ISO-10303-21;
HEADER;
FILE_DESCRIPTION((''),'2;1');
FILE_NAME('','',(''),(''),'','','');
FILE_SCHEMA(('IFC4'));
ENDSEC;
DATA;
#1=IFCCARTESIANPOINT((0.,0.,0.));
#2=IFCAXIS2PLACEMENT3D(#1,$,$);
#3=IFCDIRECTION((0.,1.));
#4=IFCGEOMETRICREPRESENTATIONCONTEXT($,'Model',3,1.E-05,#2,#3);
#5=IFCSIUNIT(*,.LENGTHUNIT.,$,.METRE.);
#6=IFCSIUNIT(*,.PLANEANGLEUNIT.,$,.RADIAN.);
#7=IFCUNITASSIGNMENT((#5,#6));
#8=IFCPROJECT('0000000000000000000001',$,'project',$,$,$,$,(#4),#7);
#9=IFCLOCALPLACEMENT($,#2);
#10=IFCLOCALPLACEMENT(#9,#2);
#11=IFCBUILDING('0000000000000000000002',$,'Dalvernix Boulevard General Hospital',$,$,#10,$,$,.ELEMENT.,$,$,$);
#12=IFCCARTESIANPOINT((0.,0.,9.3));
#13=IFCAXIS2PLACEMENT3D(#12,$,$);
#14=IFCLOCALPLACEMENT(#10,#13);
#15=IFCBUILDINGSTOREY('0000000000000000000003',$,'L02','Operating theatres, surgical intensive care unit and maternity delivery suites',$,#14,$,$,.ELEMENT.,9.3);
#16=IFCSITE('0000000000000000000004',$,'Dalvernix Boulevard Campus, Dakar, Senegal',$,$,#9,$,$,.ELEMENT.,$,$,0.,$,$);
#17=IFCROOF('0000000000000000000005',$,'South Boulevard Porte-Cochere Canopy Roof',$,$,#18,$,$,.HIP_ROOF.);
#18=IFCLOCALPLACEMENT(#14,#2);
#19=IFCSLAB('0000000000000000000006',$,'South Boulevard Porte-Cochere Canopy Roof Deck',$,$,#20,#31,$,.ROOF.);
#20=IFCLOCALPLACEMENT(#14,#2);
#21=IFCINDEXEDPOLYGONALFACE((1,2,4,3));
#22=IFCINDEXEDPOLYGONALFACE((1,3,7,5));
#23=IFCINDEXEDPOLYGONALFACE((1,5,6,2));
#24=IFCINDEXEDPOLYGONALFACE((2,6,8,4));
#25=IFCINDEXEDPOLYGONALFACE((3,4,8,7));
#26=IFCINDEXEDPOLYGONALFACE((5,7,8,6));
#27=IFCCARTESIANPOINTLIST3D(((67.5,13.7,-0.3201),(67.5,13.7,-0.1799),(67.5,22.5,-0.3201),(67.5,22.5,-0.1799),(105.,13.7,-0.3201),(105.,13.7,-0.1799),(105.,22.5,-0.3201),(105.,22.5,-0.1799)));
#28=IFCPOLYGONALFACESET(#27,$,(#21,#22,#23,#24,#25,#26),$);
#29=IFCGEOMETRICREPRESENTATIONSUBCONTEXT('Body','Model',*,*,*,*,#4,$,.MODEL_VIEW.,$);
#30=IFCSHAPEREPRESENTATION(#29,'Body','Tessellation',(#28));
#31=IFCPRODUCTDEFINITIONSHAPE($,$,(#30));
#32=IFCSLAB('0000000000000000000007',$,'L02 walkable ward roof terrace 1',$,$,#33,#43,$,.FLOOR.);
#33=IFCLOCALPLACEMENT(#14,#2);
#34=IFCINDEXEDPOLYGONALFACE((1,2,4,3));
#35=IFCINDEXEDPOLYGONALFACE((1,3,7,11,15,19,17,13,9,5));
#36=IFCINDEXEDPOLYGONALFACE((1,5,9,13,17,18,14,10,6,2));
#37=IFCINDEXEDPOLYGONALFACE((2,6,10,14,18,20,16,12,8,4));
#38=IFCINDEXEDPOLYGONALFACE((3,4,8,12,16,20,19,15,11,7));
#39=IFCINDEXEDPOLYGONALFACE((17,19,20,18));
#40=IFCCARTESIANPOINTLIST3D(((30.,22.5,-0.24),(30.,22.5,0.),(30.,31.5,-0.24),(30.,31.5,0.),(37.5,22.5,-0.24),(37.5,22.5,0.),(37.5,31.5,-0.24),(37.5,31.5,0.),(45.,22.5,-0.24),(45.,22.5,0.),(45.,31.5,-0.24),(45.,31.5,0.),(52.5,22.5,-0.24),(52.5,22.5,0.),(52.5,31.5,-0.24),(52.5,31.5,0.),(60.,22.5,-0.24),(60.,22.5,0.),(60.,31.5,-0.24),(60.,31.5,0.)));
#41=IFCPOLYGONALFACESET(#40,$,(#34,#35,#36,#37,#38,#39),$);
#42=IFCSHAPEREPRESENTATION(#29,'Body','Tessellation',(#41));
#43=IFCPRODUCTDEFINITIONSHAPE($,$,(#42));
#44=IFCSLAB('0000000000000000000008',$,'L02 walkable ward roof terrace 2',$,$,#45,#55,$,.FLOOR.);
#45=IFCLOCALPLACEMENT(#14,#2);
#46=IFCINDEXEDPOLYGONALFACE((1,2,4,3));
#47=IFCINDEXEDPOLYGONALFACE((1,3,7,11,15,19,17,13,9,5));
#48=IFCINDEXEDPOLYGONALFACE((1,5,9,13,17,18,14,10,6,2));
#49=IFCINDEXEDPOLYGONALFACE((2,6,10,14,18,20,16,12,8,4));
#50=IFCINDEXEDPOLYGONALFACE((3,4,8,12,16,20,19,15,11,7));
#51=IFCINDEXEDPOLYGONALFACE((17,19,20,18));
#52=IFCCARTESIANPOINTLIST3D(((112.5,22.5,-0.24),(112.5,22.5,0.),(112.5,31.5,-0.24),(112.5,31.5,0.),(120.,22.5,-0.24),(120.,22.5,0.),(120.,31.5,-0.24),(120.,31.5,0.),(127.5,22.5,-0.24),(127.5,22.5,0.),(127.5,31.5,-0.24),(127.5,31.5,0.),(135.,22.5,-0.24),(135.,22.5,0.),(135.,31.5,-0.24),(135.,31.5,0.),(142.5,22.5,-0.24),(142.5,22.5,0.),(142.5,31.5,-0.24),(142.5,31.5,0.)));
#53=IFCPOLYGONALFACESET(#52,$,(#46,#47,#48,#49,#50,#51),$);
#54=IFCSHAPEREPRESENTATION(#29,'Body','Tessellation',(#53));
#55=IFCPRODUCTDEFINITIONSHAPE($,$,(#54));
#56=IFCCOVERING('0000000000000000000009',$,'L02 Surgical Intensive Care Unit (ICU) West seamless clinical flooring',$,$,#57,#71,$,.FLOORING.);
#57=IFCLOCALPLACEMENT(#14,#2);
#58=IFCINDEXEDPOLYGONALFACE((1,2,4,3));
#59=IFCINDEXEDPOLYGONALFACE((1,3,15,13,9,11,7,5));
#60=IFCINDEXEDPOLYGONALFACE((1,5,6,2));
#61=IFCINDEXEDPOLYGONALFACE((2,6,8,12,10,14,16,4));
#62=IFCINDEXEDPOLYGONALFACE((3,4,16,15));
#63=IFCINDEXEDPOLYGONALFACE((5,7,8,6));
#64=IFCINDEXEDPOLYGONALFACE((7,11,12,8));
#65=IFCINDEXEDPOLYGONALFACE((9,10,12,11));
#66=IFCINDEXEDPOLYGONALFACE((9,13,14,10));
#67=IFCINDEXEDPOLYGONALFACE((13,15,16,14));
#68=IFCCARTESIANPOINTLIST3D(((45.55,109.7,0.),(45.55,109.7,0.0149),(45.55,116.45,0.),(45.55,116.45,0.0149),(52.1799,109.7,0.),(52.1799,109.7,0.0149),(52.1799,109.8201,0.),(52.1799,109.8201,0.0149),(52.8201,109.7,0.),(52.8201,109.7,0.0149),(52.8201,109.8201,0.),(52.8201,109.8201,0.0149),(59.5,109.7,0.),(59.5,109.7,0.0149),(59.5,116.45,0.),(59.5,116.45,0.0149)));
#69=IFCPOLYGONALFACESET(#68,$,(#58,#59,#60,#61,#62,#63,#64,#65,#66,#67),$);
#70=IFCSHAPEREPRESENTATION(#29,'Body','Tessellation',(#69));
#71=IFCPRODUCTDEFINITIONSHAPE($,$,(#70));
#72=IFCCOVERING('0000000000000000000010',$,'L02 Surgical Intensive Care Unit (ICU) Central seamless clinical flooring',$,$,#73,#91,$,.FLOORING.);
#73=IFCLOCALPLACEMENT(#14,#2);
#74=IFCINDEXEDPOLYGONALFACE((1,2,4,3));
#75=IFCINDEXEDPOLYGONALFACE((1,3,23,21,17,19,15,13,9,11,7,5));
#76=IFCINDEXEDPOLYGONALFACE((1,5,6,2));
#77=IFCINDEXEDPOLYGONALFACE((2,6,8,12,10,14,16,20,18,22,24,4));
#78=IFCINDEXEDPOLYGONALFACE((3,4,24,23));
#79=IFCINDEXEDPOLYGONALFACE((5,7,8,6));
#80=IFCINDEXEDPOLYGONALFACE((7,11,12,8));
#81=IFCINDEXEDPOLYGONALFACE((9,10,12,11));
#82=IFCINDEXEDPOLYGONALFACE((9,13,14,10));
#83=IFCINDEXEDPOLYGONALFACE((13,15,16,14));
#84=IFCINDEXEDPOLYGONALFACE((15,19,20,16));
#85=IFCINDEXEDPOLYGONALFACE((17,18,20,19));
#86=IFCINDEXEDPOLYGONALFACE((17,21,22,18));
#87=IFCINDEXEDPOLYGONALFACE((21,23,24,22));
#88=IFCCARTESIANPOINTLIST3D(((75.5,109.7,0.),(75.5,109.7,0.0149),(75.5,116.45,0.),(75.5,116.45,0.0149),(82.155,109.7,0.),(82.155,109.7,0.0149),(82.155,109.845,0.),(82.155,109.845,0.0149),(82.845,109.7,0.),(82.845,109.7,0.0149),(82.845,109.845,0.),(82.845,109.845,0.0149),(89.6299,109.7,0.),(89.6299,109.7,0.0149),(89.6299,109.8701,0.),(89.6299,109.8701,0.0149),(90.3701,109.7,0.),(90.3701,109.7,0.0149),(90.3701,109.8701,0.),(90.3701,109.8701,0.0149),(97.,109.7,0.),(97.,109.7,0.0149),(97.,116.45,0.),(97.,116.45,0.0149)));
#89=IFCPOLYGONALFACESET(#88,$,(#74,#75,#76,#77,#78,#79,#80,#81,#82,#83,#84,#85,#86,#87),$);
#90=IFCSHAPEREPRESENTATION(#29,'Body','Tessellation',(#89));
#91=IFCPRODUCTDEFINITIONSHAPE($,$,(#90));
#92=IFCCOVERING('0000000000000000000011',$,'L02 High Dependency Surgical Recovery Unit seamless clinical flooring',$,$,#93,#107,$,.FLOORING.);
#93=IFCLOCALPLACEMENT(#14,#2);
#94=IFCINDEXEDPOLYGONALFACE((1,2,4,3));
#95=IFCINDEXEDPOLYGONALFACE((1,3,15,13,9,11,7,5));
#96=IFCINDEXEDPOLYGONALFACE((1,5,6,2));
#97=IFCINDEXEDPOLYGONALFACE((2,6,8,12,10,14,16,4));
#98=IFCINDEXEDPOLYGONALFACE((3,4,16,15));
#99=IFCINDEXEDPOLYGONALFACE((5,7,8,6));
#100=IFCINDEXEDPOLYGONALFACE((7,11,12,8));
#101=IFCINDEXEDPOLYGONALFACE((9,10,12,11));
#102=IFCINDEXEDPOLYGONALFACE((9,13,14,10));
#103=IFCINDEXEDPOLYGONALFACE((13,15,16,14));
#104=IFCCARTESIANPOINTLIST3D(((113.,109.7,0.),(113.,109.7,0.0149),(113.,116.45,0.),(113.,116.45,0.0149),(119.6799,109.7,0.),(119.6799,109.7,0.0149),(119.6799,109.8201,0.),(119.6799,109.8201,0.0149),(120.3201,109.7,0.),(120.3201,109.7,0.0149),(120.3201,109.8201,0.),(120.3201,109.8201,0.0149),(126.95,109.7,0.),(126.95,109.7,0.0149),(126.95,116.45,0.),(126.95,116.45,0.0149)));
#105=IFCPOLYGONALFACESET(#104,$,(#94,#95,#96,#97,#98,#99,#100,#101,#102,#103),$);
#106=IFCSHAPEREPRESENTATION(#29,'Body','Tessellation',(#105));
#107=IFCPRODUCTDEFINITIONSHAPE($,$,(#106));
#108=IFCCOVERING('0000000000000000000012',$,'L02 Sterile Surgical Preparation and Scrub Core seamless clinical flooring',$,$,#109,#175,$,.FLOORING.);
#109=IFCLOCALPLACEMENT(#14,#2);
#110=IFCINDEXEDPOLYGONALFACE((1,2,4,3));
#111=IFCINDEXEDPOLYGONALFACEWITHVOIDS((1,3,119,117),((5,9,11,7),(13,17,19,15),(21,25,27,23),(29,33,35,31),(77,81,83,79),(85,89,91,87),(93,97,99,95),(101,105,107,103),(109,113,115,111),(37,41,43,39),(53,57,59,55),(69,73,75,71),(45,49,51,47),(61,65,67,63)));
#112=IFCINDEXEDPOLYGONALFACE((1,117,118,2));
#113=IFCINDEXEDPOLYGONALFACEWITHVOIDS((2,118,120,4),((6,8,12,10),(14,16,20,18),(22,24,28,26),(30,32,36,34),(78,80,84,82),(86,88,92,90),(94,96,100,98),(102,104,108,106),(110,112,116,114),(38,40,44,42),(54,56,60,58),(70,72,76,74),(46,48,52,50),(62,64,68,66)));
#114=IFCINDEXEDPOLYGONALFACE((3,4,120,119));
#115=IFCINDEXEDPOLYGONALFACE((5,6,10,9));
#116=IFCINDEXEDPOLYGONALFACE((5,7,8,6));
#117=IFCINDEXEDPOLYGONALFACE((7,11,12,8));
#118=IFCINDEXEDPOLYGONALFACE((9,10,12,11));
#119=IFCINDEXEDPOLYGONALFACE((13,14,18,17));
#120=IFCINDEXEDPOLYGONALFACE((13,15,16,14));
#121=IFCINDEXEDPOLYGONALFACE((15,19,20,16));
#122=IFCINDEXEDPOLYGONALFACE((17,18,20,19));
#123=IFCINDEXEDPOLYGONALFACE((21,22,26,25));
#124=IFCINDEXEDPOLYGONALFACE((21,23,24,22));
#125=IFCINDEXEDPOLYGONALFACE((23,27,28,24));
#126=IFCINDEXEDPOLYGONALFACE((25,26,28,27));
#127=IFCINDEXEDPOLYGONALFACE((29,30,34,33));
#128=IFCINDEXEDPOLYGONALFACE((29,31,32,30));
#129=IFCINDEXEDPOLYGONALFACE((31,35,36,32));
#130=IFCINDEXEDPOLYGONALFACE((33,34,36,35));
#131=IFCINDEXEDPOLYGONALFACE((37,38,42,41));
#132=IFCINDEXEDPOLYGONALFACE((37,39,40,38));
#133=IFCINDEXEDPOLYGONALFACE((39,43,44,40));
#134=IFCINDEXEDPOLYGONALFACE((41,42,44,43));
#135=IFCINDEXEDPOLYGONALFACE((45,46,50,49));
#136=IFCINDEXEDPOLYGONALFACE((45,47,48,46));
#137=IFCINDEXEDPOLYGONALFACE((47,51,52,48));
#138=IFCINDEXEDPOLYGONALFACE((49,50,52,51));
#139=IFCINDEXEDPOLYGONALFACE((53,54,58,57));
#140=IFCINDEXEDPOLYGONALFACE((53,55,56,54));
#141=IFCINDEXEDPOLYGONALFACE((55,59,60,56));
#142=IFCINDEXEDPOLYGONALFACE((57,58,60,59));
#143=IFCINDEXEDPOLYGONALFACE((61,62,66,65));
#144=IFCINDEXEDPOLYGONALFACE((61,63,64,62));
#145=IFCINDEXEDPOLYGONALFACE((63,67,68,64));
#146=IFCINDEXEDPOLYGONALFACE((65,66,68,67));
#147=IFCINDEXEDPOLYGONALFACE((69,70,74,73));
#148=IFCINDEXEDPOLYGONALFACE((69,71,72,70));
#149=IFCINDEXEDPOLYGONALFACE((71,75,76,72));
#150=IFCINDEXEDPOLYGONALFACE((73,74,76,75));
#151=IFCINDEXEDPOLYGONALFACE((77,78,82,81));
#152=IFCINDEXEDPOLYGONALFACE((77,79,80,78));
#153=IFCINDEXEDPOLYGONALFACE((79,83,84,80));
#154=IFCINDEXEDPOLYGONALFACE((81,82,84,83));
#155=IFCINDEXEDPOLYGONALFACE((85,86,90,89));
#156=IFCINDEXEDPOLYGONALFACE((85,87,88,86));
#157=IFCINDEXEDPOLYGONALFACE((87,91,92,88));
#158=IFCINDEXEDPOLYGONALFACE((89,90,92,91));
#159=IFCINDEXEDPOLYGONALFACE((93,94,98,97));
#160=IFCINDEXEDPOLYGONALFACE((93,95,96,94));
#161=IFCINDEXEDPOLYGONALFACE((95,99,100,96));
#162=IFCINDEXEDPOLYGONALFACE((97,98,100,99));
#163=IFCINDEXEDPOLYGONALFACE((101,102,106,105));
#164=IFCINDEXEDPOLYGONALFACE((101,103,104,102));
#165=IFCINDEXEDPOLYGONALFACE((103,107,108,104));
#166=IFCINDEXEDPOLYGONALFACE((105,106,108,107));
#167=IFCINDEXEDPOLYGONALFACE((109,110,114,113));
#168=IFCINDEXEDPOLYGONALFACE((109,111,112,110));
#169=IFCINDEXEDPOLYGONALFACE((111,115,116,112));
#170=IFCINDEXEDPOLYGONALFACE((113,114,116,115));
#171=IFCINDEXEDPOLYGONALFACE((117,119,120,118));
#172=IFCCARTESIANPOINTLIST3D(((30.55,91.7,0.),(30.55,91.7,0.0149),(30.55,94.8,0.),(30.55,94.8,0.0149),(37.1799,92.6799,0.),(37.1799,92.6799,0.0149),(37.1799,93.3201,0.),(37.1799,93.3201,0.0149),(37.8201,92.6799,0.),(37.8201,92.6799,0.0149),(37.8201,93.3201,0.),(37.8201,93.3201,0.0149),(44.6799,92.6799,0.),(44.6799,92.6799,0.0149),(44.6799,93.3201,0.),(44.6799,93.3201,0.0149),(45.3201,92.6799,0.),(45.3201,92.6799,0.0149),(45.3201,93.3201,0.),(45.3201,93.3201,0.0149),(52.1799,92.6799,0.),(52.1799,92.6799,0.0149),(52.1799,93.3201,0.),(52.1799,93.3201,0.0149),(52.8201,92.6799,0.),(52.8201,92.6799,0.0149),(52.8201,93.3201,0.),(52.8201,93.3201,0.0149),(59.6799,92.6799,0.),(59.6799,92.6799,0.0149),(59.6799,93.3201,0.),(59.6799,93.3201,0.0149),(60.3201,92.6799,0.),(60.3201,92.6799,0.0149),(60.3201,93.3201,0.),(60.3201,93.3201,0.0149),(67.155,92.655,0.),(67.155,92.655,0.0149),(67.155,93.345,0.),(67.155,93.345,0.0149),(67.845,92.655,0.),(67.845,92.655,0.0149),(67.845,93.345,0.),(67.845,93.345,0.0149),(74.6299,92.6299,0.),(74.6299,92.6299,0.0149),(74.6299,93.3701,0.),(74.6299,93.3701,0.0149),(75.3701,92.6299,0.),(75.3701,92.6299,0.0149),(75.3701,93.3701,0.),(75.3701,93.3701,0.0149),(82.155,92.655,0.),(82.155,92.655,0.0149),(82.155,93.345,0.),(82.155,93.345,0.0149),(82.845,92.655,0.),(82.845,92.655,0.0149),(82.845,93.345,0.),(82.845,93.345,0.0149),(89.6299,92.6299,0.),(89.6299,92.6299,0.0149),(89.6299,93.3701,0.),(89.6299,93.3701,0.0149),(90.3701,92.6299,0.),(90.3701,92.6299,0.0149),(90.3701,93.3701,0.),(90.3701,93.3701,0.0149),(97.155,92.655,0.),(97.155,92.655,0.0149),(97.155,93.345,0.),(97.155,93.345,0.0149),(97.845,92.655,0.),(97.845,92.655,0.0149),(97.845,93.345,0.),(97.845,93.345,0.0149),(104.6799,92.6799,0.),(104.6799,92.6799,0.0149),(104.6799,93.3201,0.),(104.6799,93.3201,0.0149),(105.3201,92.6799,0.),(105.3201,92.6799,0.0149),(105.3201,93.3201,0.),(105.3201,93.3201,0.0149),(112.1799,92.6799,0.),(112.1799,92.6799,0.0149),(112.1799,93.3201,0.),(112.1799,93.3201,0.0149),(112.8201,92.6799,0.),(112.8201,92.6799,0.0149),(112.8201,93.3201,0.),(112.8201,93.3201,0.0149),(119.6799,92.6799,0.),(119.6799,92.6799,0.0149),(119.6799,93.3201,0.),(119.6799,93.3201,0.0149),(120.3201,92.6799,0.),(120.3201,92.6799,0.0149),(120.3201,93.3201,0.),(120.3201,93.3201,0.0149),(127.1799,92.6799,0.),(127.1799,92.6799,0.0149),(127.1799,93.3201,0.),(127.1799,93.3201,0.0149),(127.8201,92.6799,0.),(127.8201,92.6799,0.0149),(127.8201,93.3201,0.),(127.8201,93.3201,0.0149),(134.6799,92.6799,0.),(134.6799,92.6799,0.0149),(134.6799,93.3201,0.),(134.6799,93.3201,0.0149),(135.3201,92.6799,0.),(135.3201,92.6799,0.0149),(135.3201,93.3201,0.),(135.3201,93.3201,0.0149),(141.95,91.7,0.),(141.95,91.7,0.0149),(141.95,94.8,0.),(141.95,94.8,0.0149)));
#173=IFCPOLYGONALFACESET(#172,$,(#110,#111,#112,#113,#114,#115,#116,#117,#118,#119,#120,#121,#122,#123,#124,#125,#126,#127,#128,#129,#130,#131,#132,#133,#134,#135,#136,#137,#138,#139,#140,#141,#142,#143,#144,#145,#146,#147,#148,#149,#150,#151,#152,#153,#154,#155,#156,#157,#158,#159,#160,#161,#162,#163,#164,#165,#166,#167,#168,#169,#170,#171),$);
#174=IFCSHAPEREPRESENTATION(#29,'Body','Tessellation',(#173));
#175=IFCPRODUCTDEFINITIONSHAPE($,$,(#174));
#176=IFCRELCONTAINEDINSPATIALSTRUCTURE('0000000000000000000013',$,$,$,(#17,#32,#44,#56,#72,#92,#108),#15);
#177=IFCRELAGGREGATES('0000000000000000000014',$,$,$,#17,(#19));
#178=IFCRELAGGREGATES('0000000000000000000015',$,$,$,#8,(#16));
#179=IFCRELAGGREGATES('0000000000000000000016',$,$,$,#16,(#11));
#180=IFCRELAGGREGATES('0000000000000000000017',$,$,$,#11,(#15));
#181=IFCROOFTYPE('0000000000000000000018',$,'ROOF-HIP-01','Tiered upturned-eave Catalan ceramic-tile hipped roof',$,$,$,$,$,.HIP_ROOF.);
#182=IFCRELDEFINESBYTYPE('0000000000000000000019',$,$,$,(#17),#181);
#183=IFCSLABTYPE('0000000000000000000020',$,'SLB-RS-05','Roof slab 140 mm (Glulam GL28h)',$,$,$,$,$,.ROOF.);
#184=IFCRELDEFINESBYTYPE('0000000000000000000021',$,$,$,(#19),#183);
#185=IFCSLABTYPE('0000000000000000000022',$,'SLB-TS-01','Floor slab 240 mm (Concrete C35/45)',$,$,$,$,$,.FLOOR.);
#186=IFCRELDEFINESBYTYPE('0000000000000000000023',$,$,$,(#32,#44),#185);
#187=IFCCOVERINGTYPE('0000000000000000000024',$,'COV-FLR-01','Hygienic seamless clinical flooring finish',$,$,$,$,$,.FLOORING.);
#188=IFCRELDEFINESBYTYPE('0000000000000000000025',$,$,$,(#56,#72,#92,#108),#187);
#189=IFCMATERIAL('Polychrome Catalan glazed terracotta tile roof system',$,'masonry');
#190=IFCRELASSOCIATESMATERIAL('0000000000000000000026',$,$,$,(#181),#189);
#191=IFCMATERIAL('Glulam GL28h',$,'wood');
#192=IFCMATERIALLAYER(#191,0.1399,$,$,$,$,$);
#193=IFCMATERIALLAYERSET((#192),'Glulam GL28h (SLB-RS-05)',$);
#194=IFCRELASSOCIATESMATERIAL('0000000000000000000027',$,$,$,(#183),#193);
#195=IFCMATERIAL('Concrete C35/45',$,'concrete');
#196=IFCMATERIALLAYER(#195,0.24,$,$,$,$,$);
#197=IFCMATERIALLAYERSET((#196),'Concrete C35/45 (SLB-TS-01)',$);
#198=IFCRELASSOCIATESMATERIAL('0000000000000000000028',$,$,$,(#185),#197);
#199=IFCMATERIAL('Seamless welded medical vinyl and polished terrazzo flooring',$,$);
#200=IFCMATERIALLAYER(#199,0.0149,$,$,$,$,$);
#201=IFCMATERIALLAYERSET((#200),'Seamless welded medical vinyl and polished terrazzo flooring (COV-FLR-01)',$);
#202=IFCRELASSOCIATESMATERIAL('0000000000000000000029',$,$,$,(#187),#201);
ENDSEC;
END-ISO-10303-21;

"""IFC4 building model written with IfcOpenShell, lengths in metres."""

from ifc_helpers import new_model, si_unit, direction, frame, origin, place, context, subcontext, project, spatial, polyline, outline, extrude, material, layer, layer_set, type_object, element, aggregate, save


model = new_model("IFC4")

# Units and contexts
model_context = context("Model", 3, precision=1e-05, world=origin(), true_north=direction((0.0, 1.0)))
body_context = subcontext(model_context, "Body", "Model", "MODEL_VIEW")
ifc_project = project(units=[si_unit("LENGTHUNIT", "METRE"), si_unit("PLANEANGLEUNIT", "RADIAN")], contexts=[model_context])

# Site, building, storey
site_placement = place(None, origin())
site = spatial("IfcSite", under=ifc_project, at=site_placement, Name="Dalvernix Boulevard Campus, Dakar, Senegal", CompositionType="ELEMENT", RefElevation=0.0)
building_placement = place(site_placement, origin())
building = spatial("IfcBuilding", under=site, at=building_placement, Name="Dalvernix Boulevard General Hospital", CompositionType="ELEMENT")
storey_placement = place(building_placement, frame((0.0, 0.0, 9.3)))
storey = spatial("IfcBuildingStorey", under=building, at=storey_placement, Name="L02", Description="Operating theatres, surgical intensive care unit and maternity delivery suites", CompositionType="ELEMENT", Elevation=9.3)

# Shared definitions
ifc_material_1 = material(Name="Concrete C35/45", Category="concrete")

# Roof, slab
ifc_material_2 = material(Name="Polychrome Catalan glazed terracotta tile roof system", Category="masonry")
roof_type = type_object("IfcRoofType", Name="ROOF-HIP-01", Description="Tiered upturned-eave Catalan ceramic-tile hipped roof", PredefinedType="HIP_ROOF", material=ifc_material_2)
roof_placement = place(storey_placement, origin())
roof = element("IfcRoof", 1, at=roof_placement, inside=storey, type_object=roof_type, Name="South Boulevard Porte-Cochere Canopy Roof", PredefinedType="HIP_ROOF")
ifc_material_3 = material(Name="Glulam GL28h", Category="wood")
ifc_layer_1 = layer(ifc_material_3, 0.1399)
ifc_layer_set_1 = layer_set([ifc_layer_1], Name="Glulam GL28h (SLB-RS-05)")
slab_type_1 = type_object("IfcSlabType", Name="SLB-RS-05", Description="Roof slab 140 mm (Glulam GL28h)", PredefinedType="ROOF", material=ifc_layer_set_1)
slab_1_placement = place(storey_placement, frame((0.0, 0.0, -0.3201)))
slab_1 = element("IfcSlab", 2, at=slab_1_placement, type_object=slab_type_1, Name="South Boulevard Porte-Cochere Canopy Roof Deck", PredefinedType="ROOF", context=body_context, shape_type="SweptSolid", body=[
    extrude(outline(polyline([(67.5, 13.7), (105.0, 13.7), (105.0, 22.5), (67.5, 22.5), (67.5, 13.7)])), origin(), (0.0, 0.0, 1.0), 0.1401),
])
aggregate(roof, [slab_1])

# Slabs
ifc_layer_2 = layer(ifc_material_1, 0.24)
ifc_layer_set_2 = layer_set([ifc_layer_2], Name="Concrete C35/45 (SLB-TS-01)")
slab_type_2 = type_object("IfcSlabType", Name="SLB-TS-01", Description="Floor slab 240 mm (Concrete C35/45)", PredefinedType="FLOOR", material=ifc_layer_set_2)
slab_2_placement = place(storey_placement, frame((0.0, 0.0, -0.24)))
element("IfcSlab", 3, at=slab_2_placement, inside=storey, type_object=slab_type_2, Name="L02 walkable ward roof terrace 1", PredefinedType="FLOOR", context=body_context, shape_type="SweptSolid", body=[
    extrude(outline(polyline([(37.5, 31.5), (45.0, 31.5), (52.5, 31.5), (60.0, 31.5), (60.0, 22.5), (52.5, 22.5), (45.0, 22.5), (37.5, 22.5), (30.0, 22.5), (30.0, 31.5), (37.5, 31.5)])), origin(), (0.0, 0.0, 1.0), 0.24),
])
slab_3_placement = place(storey_placement, frame((0.0, 0.0, -0.24)))
element("IfcSlab", 4, at=slab_3_placement, inside=storey, type_object=slab_type_2, Name="L02 walkable ward roof terrace 2", PredefinedType="FLOOR", context=body_context, shape_type="SweptSolid", body=[
    extrude(outline(polyline([(120.0, 31.5), (127.5, 31.5), (135.0, 31.5), (142.5, 31.5), (142.5, 22.5), (135.0, 22.5), (127.5, 22.5), (120.0, 22.5), (112.5, 22.5), (112.5, 31.5), (120.0, 31.5)])), origin(), (0.0, 0.0, 1.0), 0.24),
])

# Coverings
ifc_material_4 = material(Name="Seamless welded medical vinyl and polished terrazzo flooring")
ifc_layer_3 = layer(ifc_material_4, 0.0149)
ifc_layer_set_3 = layer_set([ifc_layer_3], Name="Seamless welded medical vinyl and polished terrazzo flooring (COV-FLR-01)")
covering_type_1 = type_object("IfcCoveringType", Name="COV-FLR-01", Description="Hygienic seamless clinical flooring finish", PredefinedType="FLOORING", material=ifc_layer_set_3)
covering_1_placement = place(storey_placement, origin())
element("IfcCovering", 5, at=covering_1_placement, inside=storey, type_object=covering_type_1, Name="L02 Surgical Intensive Care Unit (ICU) West seamless clinical flooring", PredefinedType="FLOORING", context=body_context, shape_type="SweptSolid", body=[
    extrude(outline(polyline([(52.8201, 109.7), (52.8201, 109.8201), (52.1799, 109.8201), (52.1799, 109.7), (45.55, 109.7), (45.55, 116.45), (59.5, 116.45), (59.5, 109.7), (52.8201, 109.7)])), origin(), (0.0, 0.0, 1.0), 0.0149),
])
covering_2_placement = place(storey_placement, origin())
element("IfcCovering", 6, at=covering_2_placement, inside=storey, type_object=covering_type_1, Name="L02 Surgical Intensive Care Unit (ICU) Central seamless clinical flooring", PredefinedType="FLOORING", context=body_context, shape_type="SweptSolid", body=[
    extrude(outline(polyline([(82.845, 109.845), (82.155, 109.845), (82.155, 109.7), (75.5, 109.7), (75.5, 116.45), (97.0, 116.45), (97.0, 109.7), (90.3701, 109.7), (90.3701, 109.8701), (89.6299, 109.8701), (89.6299, 109.7), (82.845, 109.7), (82.845, 109.845)])), origin(), (0.0, 0.0, 1.0), 0.0149),
])
covering_3_placement = place(storey_placement, origin())
element("IfcCovering", 7, at=covering_3_placement, inside=storey, type_object=covering_type_1, Name="L02 High Dependency Surgical Recovery Unit seamless clinical flooring", PredefinedType="FLOORING", context=body_context, shape_type="SweptSolid", body=[
    extrude(outline(polyline([(120.3201, 109.7), (120.3201, 109.8201), (119.6799, 109.8201), (119.6799, 109.7), (113.0, 109.7), (113.0, 116.45), (126.95, 116.45), (126.95, 109.7), (120.3201, 109.7)])), origin(), (0.0, 0.0, 1.0), 0.0149),
])
covering_4_placement = place(storey_placement, origin())
element("IfcCovering", 8, at=covering_4_placement, inside=storey, type_object=covering_type_1, Name="L02 Sterile Surgical Preparation and Scrub Core seamless clinical flooring", PredefinedType="FLOORING", context=body_context, shape_type="SweptSolid", body=[
    extrude(outline(polyline([(30.55, 94.8), (141.95, 94.8), (141.95, 91.7), (30.55, 91.7), (30.55, 94.8)]), holes=[polyline([(37.1799, 93.3201), (37.1799, 92.6799), (37.8201, 92.6799), (37.8201, 93.3201), (37.1799, 93.3201)]), polyline([(45.3201, 93.3201), (44.6799, 93.3201), (44.6799, 92.6799), (45.3201, 92.6799), (45.3201, 93.3201)]), polyline([(52.8201, 92.6799), (52.8201, 93.3201), (52.1799, 93.3201), (52.1799, 92.6799), (52.8201, 92.6799)]), polyline([(59.6799, 92.6799), (60.3201, 92.6799), (60.3201, 93.3201), (59.6799, 93.3201), (59.6799, 92.6799)]), polyline([(67.155, 93.345), (67.155, 92.655), (67.845, 92.655), (67.845, 93.345), (67.155, 93.345)]), polyline([(75.3701, 93.3701), (74.6299, 93.3701), (74.6299, 92.6299), (75.3701, 92.6299), (75.3701, 93.3701)]), polyline([(82.845, 92.655), (82.845, 93.345), (82.155, 93.345), (82.155, 92.655), (82.845, 92.655)]), polyline([(89.6299, 92.6299), (90.3701, 92.6299), (90.3701, 93.3701), (89.6299, 93.3701), (89.6299, 92.6299)]), polyline([(97.155, 93.345), (97.155, 92.655), (97.845, 92.655), (97.845, 93.345), (97.155, 93.345)]), polyline([(105.3201, 93.3201), (104.6799, 93.3201), (104.6799, 92.6799), (105.3201, 92.6799), (105.3201, 93.3201)]), polyline([(112.8201, 92.6799), (112.8201, 93.3201), (112.1799, 93.3201), (112.1799, 92.6799), (112.8201, 92.6799)]), polyline([(119.6799, 92.6799), (120.3201, 92.6799), (120.3201, 93.3201), (119.6799, 93.3201), (119.6799, 92.6799)]), polyline([(127.1799, 93.3201), (127.1799, 92.6799), (127.8201, 92.6799), (127.8201, 93.3201), (127.1799, 93.3201)]), polyline([(135.3201, 93.3201), (134.6799, 93.3201), (134.6799, 92.6799), (135.3201, 92.6799), (135.3201, 93.3201)])]), origin(), (0.0, 0.0, 1.0), 0.0149),
])

save(model, "model.ifc")
